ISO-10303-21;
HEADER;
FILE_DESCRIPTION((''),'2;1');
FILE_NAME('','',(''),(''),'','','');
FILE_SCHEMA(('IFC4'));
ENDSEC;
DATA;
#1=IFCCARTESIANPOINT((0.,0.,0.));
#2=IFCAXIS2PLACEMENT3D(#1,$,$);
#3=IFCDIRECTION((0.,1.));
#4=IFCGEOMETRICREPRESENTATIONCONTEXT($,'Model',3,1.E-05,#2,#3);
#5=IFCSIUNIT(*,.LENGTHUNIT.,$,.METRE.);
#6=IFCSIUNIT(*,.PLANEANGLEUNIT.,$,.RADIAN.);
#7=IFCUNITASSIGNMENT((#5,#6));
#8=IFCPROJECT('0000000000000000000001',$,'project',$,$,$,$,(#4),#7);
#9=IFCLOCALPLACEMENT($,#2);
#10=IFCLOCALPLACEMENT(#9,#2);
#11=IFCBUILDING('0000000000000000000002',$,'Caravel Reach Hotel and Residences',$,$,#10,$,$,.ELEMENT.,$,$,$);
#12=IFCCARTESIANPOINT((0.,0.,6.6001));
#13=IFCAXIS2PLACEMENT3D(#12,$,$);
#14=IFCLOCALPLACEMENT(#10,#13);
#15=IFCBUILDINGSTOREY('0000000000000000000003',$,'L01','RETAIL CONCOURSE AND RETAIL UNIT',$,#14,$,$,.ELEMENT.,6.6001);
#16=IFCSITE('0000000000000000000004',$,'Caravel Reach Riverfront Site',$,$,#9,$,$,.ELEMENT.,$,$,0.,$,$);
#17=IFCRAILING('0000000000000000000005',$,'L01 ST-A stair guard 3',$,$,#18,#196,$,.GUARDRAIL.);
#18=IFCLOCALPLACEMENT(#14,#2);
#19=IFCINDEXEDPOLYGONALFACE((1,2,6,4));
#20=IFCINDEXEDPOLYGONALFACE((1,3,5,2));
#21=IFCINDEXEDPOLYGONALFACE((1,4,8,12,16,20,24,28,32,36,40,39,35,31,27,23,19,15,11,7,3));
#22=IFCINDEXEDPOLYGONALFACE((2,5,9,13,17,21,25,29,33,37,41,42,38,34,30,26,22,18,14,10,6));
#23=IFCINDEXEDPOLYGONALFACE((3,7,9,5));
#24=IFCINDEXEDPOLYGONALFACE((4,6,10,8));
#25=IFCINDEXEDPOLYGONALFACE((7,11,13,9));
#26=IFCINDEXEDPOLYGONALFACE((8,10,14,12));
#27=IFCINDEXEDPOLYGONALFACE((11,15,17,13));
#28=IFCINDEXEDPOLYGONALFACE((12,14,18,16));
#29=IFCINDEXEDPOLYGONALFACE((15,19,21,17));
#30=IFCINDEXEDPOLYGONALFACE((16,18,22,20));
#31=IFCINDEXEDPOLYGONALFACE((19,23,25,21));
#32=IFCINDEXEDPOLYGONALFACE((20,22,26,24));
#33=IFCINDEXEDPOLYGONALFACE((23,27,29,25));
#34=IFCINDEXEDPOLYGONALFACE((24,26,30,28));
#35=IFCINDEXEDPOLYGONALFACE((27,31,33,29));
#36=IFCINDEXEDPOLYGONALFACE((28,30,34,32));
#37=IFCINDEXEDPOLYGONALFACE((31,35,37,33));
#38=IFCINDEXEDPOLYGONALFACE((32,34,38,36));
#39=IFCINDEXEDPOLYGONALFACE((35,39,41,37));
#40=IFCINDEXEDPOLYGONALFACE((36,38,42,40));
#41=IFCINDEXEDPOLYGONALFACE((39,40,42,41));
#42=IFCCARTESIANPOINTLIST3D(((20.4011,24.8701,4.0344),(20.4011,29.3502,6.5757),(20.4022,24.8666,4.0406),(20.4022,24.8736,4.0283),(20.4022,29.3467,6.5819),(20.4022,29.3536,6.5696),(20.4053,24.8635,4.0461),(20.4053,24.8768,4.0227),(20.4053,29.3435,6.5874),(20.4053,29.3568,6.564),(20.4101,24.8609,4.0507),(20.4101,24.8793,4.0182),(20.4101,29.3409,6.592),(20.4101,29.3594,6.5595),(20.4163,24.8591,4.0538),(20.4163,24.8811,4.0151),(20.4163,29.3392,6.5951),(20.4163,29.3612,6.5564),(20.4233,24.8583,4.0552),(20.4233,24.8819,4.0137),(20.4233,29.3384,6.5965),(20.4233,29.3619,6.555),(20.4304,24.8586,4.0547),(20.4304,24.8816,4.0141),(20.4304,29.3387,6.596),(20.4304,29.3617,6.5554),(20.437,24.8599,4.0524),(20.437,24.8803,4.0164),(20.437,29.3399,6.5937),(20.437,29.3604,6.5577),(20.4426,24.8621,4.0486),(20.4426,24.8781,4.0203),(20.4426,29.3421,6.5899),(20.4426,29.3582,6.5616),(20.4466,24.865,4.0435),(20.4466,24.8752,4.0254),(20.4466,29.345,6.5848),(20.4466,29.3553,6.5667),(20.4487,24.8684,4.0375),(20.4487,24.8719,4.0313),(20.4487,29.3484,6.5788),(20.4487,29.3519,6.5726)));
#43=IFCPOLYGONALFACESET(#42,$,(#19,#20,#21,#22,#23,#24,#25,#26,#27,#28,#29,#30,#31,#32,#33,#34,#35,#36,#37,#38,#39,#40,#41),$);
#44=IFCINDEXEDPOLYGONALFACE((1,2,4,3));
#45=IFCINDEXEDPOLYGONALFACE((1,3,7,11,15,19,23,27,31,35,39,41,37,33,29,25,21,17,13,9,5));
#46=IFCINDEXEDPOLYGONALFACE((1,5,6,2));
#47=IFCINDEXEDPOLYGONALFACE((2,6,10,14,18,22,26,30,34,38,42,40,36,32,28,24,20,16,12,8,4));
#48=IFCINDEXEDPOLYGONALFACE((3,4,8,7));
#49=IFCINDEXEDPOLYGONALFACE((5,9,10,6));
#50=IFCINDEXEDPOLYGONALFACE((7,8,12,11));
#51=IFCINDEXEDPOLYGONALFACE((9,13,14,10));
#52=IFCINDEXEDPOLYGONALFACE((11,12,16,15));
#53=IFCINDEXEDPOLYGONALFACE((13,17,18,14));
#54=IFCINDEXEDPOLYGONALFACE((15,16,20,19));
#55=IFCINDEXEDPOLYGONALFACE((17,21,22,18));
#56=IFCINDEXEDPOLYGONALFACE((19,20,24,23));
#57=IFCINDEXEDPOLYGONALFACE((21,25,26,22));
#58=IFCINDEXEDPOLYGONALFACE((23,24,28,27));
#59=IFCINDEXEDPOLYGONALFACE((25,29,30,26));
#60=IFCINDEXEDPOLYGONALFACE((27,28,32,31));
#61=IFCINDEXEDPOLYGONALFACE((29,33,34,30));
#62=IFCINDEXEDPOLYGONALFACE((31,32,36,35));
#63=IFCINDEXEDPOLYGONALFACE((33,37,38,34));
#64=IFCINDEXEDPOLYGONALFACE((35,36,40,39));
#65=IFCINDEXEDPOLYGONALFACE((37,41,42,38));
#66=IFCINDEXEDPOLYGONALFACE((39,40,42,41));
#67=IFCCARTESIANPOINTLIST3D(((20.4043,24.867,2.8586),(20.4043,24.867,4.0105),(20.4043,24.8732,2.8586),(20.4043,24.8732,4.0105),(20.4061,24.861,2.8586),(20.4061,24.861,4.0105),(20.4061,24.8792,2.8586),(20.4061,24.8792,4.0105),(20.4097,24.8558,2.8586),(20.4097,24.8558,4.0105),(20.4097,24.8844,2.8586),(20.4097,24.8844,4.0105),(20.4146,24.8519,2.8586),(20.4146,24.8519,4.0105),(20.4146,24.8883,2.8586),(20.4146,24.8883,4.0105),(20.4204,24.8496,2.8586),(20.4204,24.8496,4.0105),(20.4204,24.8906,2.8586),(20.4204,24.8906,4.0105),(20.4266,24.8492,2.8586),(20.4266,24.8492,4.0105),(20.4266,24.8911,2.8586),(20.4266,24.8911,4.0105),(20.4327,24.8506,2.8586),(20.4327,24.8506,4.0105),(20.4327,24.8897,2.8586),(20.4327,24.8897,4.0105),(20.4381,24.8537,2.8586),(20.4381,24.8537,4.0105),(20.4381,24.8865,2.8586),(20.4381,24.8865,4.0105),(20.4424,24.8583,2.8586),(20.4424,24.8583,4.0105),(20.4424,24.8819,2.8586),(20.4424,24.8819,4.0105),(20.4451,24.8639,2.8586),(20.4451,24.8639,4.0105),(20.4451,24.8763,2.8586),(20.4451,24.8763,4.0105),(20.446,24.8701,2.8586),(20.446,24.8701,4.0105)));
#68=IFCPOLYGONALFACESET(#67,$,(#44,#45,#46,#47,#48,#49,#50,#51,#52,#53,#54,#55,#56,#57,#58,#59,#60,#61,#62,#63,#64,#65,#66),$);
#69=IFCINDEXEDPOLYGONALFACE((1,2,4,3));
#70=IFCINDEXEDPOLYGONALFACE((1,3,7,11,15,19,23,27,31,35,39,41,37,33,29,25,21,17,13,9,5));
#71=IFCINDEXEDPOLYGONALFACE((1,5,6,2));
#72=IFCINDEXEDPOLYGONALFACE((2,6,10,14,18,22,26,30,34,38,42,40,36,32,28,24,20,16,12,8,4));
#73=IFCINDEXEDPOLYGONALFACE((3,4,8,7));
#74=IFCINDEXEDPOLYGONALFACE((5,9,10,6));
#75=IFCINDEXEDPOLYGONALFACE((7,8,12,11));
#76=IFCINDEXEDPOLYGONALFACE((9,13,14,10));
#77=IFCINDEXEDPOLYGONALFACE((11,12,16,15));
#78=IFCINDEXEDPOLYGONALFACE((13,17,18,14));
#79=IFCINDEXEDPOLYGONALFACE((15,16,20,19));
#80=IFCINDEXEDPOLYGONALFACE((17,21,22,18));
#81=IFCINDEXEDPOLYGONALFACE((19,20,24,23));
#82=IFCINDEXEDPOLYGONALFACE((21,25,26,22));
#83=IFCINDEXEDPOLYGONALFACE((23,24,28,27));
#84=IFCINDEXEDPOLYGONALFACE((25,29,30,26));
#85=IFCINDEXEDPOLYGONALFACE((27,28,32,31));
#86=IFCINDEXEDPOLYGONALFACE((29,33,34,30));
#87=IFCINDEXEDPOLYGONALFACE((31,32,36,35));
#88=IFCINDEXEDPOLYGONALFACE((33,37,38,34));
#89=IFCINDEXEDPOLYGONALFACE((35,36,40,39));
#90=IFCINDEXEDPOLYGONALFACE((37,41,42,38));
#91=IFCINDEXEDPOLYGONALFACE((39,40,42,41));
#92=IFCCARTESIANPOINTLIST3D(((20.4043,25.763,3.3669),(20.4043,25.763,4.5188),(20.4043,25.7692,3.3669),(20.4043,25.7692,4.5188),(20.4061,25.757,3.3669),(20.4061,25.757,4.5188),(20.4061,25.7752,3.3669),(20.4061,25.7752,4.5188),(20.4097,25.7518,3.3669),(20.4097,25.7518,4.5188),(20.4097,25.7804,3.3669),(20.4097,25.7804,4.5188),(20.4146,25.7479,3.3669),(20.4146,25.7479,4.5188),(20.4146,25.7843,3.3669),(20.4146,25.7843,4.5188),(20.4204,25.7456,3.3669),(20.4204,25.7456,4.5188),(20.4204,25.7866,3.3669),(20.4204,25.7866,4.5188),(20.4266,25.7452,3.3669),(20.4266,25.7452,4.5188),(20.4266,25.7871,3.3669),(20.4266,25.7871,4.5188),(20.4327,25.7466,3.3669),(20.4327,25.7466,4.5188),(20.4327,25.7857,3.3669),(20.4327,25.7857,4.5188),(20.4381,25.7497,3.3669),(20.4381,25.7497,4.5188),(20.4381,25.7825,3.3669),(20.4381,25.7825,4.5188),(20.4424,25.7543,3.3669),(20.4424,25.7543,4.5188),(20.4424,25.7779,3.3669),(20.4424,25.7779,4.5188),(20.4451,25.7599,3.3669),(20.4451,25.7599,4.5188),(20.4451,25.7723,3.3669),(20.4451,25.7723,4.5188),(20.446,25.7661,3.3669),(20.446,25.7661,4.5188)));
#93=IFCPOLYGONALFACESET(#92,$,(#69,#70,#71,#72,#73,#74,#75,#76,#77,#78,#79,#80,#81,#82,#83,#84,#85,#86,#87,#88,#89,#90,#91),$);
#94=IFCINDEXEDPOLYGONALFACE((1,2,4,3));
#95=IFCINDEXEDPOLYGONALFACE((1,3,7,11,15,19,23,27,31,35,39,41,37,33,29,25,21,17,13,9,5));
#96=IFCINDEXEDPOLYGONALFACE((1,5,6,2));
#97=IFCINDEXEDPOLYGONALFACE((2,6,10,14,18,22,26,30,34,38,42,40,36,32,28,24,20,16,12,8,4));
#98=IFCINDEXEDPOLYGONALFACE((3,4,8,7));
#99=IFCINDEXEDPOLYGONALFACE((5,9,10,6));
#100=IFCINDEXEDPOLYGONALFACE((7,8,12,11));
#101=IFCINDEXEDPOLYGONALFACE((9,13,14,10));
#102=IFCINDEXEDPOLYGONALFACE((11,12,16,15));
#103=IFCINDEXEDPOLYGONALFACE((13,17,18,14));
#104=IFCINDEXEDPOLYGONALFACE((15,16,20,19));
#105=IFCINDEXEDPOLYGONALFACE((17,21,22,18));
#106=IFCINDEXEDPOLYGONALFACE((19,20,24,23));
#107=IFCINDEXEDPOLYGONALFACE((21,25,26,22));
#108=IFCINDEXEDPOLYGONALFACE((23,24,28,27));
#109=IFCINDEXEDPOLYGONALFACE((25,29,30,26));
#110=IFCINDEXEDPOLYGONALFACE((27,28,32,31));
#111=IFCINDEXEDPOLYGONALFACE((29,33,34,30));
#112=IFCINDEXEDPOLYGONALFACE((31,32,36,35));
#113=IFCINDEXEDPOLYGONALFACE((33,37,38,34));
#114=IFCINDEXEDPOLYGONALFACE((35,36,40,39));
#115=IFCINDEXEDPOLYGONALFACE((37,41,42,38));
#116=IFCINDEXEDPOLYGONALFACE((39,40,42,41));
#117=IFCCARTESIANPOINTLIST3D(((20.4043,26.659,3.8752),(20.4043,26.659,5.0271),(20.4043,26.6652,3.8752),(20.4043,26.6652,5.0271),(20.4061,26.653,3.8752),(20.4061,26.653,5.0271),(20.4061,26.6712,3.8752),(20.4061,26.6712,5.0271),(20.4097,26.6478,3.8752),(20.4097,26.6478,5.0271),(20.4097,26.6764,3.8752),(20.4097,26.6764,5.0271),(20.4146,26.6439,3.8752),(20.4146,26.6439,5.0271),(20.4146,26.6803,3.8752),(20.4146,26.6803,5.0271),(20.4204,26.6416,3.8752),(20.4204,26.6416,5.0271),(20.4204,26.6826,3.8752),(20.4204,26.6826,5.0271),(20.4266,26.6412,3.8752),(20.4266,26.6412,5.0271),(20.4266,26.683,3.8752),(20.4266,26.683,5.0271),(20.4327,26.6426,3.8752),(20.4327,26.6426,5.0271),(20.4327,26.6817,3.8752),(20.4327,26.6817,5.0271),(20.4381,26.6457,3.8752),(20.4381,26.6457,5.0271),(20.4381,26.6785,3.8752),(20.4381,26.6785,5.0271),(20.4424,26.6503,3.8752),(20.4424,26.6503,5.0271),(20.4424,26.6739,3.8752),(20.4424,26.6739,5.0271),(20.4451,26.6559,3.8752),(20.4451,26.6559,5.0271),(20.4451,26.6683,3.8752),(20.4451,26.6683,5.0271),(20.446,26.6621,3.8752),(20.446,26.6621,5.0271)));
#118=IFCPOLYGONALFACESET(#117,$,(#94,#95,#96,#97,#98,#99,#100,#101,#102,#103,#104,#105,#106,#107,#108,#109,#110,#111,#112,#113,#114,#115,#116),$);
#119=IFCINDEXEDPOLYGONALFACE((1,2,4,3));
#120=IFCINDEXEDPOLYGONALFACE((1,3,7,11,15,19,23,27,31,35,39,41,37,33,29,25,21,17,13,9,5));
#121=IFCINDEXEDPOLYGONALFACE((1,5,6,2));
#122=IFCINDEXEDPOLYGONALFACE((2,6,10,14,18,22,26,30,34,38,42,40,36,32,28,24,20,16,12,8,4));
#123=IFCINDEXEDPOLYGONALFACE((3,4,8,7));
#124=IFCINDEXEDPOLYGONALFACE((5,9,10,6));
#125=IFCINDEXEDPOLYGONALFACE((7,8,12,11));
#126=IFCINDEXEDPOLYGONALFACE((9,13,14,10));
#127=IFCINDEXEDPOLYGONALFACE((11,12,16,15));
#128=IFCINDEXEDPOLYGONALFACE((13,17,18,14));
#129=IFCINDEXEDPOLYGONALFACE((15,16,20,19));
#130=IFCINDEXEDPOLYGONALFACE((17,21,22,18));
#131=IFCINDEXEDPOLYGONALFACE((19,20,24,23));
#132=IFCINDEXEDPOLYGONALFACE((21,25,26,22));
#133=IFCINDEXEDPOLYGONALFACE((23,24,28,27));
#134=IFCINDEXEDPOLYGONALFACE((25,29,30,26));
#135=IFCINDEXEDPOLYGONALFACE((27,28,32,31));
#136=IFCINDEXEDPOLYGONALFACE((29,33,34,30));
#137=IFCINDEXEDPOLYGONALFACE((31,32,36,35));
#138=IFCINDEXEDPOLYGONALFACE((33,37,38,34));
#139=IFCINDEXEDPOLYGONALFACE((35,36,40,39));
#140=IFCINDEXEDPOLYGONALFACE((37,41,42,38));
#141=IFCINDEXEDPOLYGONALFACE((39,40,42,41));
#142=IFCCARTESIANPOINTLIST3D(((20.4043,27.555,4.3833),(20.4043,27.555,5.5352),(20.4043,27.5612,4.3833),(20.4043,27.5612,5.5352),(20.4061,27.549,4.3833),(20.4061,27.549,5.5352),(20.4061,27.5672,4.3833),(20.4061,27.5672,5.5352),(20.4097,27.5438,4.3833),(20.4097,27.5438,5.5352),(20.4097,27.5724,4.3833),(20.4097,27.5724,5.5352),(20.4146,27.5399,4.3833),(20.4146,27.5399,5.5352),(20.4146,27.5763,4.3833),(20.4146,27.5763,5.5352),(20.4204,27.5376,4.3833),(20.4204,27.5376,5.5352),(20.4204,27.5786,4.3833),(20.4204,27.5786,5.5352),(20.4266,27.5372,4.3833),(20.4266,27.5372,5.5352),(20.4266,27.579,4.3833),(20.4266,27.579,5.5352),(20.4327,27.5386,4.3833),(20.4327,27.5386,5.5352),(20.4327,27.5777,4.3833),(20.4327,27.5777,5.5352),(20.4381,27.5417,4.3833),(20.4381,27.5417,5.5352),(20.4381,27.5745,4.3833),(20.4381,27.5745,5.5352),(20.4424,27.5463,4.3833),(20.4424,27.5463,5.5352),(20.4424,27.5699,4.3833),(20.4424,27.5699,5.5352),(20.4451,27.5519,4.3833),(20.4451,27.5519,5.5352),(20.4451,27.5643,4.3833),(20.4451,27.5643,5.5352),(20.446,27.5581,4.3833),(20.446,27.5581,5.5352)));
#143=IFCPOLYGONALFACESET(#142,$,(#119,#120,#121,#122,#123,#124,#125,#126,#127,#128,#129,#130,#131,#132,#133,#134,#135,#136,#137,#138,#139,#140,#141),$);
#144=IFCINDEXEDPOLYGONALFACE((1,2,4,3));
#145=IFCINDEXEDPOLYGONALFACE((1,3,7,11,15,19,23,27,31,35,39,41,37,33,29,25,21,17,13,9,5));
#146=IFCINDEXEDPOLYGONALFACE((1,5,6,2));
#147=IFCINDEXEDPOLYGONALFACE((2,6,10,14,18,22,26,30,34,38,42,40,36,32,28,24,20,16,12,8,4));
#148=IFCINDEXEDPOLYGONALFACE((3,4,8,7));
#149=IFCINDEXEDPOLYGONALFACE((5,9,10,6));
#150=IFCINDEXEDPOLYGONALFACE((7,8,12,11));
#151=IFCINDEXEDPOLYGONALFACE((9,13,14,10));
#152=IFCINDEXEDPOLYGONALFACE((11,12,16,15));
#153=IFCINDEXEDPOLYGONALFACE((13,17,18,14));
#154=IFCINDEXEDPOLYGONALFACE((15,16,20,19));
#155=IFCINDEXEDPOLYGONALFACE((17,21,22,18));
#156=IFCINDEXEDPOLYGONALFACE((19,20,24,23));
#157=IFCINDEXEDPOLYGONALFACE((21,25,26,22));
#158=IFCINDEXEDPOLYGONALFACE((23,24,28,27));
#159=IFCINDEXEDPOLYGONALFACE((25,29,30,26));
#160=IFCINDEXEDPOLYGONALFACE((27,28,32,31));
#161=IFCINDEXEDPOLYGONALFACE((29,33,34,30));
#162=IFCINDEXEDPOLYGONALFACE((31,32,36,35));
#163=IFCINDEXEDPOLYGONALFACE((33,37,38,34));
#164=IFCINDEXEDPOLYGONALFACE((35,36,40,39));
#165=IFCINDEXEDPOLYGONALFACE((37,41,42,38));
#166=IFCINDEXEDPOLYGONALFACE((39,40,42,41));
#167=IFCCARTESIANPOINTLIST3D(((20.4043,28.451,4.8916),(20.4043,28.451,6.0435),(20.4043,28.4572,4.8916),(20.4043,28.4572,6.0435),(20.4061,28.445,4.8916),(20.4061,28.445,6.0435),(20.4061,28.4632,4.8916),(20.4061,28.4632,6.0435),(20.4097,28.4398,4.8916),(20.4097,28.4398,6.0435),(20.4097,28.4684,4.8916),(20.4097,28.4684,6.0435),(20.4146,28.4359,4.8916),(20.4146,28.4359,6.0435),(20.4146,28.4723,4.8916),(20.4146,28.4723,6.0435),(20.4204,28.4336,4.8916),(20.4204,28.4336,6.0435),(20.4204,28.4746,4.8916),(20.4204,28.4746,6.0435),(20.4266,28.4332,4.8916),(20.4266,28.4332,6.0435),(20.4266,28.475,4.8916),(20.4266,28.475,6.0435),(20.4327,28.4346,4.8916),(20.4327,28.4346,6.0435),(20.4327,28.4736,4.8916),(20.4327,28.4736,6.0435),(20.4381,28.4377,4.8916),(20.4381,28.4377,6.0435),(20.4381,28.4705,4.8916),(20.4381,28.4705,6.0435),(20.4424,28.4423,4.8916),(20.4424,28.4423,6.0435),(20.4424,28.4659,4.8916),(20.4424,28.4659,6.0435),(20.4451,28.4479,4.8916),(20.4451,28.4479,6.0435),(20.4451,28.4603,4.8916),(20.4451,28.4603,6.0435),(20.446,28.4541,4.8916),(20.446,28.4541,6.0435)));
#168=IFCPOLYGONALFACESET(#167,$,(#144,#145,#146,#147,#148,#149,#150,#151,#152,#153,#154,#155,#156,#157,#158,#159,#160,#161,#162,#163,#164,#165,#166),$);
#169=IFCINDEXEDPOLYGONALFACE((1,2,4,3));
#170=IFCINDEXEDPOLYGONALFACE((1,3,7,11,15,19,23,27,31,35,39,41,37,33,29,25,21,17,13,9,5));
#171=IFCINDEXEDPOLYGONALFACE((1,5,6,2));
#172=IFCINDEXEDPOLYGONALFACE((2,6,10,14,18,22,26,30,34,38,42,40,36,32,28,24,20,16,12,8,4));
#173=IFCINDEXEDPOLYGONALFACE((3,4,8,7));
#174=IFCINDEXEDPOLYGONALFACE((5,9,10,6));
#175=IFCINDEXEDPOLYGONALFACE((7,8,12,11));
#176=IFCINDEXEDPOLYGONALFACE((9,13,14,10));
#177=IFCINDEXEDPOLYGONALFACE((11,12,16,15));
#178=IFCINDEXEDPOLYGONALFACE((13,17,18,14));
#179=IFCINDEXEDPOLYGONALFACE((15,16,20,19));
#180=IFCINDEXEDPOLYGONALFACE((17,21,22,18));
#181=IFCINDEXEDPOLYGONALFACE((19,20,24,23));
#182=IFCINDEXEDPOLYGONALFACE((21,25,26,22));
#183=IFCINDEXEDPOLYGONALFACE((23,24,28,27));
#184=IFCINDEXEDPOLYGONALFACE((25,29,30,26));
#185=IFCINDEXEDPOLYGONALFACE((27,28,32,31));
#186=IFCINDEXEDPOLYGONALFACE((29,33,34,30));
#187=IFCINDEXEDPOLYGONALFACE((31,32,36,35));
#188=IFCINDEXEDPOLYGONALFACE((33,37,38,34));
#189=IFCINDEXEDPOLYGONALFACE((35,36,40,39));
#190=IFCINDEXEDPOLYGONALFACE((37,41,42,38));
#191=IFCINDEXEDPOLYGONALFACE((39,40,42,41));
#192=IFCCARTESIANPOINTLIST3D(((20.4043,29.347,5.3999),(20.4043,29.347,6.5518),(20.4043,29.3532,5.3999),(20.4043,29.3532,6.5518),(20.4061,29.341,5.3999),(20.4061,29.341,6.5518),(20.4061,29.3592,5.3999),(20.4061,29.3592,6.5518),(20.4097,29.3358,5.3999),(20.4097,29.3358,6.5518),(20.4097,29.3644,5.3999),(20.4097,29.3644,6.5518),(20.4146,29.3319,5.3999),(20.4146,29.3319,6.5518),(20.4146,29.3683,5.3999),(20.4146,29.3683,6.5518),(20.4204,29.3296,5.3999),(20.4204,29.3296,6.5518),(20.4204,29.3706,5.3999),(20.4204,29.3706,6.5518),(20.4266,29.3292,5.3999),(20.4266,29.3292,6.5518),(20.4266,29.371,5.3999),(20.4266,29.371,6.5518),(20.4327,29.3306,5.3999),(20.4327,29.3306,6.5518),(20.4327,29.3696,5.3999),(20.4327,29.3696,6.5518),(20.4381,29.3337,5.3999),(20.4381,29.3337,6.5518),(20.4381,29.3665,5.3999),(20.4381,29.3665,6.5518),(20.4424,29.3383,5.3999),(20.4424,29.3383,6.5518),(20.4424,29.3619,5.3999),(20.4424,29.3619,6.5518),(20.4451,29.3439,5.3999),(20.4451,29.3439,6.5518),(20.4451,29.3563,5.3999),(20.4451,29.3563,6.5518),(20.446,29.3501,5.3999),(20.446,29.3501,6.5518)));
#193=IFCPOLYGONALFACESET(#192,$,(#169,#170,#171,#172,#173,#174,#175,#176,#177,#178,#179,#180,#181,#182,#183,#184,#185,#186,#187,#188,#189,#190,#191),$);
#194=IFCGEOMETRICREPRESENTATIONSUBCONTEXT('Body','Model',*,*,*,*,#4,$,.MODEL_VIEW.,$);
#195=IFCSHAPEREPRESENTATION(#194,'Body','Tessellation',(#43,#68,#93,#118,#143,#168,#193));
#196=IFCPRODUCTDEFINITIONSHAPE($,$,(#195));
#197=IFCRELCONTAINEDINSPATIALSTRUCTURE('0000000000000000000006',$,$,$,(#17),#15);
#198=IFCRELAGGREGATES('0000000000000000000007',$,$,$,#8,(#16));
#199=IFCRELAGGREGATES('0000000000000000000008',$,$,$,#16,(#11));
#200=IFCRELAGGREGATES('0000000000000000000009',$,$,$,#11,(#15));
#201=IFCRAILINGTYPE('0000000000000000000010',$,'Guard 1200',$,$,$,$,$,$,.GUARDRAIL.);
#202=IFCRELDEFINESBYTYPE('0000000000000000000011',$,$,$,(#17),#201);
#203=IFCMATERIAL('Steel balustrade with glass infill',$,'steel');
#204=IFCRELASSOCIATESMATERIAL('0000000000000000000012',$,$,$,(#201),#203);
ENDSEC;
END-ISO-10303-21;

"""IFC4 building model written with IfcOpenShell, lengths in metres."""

from ifc_helpers import new_model, si_unit, direction, frame, origin, origin_2d, place, context, subcontext, project, spatial, circle, extrude, material, type_object, element, save


model = new_model("IFC4")

# Units and contexts
model_context = context("Model", 3, precision=1e-05, world=origin(), true_north=direction((0.0, 1.0)))
body_context = subcontext(model_context, "Body", "Model", "MODEL_VIEW")
ifc_project = project(units=[si_unit("LENGTHUNIT", "METRE"), si_unit("PLANEANGLEUNIT", "RADIAN")], contexts=[model_context])

# Site, building, storey
site_placement = place(None, origin())
site = spatial("IfcSite", under=ifc_project, at=site_placement, Name="Caravel Reach Riverfront Site", CompositionType="ELEMENT", RefElevation=0.0)
building_placement = place(site_placement, origin())
building = spatial("IfcBuilding", under=site, at=building_placement, Name="Caravel Reach Hotel and Residences", CompositionType="ELEMENT")
storey_placement = place(building_placement, frame((0.0, 0.0, 6.6001)))
storey = spatial("IfcBuildingStorey", under=building, at=storey_placement, Name="L01", Description="RETAIL CONCOURSE AND RETAIL UNIT", CompositionType="ELEMENT", Elevation=6.6001)

# Railing
ifc_material_1 = material(Name="Steel balustrade with glass infill", Category="steel")
railing_type_1 = type_object("IfcRailingType", Name="Guard 1200", PredefinedType="GUARDRAIL", material=ifc_material_1)
railing_1_placement = place(storey_placement, frame((20.425, 24.8701, 2.8586)))
element("IfcRailing", 1, at=railing_1_placement, inside=storey, type_object=railing_type_1, Name="L01 ST-A stair guard 3", PredefinedType="GUARDRAIL", context=body_context, shape_type="SweptSolid", body=[
    extrude(circle(Radius=0.0239, at=origin_2d()), frame((0.0, 0.0, 1.1758), z_axis=(0.0, 0.869805, 0.493395), x_axis=(-1.0, 0.0, 0.0)), (0.0, 0.0, 1.0), 5.1506),
    extrude(circle(Radius=0.021, at=origin_2d()), origin(), (0.0, 0.0, 1.0), 1.1519),
    extrude(circle(Radius=0.021, at=origin_2d()), frame((0.0, 0.896, 0.5083)), (0.0, 0.0, 1.0), 1.1519),
    extrude(circle(Radius=0.021, at=origin_2d()), frame((0.0, 1.792, 1.0166)), (0.0, 0.0, 1.0), 1.1519),
    extrude(circle(Radius=0.021, at=origin_2d()), frame((0.0, 2.688, 1.5247)), (0.0, 0.0, 1.0), 1.1519),
    extrude(circle(Radius=0.021, at=origin_2d()), frame((0.0, 3.584, 2.033)), (0.0, 0.0, 1.0), 1.1519),
    extrude(circle(Radius=0.021, at=origin_2d()), frame((0.0, 4.48, 2.5413)), (0.0, 0.0, 1.0), 1.1519),
])

save(model, "model.ifc")
